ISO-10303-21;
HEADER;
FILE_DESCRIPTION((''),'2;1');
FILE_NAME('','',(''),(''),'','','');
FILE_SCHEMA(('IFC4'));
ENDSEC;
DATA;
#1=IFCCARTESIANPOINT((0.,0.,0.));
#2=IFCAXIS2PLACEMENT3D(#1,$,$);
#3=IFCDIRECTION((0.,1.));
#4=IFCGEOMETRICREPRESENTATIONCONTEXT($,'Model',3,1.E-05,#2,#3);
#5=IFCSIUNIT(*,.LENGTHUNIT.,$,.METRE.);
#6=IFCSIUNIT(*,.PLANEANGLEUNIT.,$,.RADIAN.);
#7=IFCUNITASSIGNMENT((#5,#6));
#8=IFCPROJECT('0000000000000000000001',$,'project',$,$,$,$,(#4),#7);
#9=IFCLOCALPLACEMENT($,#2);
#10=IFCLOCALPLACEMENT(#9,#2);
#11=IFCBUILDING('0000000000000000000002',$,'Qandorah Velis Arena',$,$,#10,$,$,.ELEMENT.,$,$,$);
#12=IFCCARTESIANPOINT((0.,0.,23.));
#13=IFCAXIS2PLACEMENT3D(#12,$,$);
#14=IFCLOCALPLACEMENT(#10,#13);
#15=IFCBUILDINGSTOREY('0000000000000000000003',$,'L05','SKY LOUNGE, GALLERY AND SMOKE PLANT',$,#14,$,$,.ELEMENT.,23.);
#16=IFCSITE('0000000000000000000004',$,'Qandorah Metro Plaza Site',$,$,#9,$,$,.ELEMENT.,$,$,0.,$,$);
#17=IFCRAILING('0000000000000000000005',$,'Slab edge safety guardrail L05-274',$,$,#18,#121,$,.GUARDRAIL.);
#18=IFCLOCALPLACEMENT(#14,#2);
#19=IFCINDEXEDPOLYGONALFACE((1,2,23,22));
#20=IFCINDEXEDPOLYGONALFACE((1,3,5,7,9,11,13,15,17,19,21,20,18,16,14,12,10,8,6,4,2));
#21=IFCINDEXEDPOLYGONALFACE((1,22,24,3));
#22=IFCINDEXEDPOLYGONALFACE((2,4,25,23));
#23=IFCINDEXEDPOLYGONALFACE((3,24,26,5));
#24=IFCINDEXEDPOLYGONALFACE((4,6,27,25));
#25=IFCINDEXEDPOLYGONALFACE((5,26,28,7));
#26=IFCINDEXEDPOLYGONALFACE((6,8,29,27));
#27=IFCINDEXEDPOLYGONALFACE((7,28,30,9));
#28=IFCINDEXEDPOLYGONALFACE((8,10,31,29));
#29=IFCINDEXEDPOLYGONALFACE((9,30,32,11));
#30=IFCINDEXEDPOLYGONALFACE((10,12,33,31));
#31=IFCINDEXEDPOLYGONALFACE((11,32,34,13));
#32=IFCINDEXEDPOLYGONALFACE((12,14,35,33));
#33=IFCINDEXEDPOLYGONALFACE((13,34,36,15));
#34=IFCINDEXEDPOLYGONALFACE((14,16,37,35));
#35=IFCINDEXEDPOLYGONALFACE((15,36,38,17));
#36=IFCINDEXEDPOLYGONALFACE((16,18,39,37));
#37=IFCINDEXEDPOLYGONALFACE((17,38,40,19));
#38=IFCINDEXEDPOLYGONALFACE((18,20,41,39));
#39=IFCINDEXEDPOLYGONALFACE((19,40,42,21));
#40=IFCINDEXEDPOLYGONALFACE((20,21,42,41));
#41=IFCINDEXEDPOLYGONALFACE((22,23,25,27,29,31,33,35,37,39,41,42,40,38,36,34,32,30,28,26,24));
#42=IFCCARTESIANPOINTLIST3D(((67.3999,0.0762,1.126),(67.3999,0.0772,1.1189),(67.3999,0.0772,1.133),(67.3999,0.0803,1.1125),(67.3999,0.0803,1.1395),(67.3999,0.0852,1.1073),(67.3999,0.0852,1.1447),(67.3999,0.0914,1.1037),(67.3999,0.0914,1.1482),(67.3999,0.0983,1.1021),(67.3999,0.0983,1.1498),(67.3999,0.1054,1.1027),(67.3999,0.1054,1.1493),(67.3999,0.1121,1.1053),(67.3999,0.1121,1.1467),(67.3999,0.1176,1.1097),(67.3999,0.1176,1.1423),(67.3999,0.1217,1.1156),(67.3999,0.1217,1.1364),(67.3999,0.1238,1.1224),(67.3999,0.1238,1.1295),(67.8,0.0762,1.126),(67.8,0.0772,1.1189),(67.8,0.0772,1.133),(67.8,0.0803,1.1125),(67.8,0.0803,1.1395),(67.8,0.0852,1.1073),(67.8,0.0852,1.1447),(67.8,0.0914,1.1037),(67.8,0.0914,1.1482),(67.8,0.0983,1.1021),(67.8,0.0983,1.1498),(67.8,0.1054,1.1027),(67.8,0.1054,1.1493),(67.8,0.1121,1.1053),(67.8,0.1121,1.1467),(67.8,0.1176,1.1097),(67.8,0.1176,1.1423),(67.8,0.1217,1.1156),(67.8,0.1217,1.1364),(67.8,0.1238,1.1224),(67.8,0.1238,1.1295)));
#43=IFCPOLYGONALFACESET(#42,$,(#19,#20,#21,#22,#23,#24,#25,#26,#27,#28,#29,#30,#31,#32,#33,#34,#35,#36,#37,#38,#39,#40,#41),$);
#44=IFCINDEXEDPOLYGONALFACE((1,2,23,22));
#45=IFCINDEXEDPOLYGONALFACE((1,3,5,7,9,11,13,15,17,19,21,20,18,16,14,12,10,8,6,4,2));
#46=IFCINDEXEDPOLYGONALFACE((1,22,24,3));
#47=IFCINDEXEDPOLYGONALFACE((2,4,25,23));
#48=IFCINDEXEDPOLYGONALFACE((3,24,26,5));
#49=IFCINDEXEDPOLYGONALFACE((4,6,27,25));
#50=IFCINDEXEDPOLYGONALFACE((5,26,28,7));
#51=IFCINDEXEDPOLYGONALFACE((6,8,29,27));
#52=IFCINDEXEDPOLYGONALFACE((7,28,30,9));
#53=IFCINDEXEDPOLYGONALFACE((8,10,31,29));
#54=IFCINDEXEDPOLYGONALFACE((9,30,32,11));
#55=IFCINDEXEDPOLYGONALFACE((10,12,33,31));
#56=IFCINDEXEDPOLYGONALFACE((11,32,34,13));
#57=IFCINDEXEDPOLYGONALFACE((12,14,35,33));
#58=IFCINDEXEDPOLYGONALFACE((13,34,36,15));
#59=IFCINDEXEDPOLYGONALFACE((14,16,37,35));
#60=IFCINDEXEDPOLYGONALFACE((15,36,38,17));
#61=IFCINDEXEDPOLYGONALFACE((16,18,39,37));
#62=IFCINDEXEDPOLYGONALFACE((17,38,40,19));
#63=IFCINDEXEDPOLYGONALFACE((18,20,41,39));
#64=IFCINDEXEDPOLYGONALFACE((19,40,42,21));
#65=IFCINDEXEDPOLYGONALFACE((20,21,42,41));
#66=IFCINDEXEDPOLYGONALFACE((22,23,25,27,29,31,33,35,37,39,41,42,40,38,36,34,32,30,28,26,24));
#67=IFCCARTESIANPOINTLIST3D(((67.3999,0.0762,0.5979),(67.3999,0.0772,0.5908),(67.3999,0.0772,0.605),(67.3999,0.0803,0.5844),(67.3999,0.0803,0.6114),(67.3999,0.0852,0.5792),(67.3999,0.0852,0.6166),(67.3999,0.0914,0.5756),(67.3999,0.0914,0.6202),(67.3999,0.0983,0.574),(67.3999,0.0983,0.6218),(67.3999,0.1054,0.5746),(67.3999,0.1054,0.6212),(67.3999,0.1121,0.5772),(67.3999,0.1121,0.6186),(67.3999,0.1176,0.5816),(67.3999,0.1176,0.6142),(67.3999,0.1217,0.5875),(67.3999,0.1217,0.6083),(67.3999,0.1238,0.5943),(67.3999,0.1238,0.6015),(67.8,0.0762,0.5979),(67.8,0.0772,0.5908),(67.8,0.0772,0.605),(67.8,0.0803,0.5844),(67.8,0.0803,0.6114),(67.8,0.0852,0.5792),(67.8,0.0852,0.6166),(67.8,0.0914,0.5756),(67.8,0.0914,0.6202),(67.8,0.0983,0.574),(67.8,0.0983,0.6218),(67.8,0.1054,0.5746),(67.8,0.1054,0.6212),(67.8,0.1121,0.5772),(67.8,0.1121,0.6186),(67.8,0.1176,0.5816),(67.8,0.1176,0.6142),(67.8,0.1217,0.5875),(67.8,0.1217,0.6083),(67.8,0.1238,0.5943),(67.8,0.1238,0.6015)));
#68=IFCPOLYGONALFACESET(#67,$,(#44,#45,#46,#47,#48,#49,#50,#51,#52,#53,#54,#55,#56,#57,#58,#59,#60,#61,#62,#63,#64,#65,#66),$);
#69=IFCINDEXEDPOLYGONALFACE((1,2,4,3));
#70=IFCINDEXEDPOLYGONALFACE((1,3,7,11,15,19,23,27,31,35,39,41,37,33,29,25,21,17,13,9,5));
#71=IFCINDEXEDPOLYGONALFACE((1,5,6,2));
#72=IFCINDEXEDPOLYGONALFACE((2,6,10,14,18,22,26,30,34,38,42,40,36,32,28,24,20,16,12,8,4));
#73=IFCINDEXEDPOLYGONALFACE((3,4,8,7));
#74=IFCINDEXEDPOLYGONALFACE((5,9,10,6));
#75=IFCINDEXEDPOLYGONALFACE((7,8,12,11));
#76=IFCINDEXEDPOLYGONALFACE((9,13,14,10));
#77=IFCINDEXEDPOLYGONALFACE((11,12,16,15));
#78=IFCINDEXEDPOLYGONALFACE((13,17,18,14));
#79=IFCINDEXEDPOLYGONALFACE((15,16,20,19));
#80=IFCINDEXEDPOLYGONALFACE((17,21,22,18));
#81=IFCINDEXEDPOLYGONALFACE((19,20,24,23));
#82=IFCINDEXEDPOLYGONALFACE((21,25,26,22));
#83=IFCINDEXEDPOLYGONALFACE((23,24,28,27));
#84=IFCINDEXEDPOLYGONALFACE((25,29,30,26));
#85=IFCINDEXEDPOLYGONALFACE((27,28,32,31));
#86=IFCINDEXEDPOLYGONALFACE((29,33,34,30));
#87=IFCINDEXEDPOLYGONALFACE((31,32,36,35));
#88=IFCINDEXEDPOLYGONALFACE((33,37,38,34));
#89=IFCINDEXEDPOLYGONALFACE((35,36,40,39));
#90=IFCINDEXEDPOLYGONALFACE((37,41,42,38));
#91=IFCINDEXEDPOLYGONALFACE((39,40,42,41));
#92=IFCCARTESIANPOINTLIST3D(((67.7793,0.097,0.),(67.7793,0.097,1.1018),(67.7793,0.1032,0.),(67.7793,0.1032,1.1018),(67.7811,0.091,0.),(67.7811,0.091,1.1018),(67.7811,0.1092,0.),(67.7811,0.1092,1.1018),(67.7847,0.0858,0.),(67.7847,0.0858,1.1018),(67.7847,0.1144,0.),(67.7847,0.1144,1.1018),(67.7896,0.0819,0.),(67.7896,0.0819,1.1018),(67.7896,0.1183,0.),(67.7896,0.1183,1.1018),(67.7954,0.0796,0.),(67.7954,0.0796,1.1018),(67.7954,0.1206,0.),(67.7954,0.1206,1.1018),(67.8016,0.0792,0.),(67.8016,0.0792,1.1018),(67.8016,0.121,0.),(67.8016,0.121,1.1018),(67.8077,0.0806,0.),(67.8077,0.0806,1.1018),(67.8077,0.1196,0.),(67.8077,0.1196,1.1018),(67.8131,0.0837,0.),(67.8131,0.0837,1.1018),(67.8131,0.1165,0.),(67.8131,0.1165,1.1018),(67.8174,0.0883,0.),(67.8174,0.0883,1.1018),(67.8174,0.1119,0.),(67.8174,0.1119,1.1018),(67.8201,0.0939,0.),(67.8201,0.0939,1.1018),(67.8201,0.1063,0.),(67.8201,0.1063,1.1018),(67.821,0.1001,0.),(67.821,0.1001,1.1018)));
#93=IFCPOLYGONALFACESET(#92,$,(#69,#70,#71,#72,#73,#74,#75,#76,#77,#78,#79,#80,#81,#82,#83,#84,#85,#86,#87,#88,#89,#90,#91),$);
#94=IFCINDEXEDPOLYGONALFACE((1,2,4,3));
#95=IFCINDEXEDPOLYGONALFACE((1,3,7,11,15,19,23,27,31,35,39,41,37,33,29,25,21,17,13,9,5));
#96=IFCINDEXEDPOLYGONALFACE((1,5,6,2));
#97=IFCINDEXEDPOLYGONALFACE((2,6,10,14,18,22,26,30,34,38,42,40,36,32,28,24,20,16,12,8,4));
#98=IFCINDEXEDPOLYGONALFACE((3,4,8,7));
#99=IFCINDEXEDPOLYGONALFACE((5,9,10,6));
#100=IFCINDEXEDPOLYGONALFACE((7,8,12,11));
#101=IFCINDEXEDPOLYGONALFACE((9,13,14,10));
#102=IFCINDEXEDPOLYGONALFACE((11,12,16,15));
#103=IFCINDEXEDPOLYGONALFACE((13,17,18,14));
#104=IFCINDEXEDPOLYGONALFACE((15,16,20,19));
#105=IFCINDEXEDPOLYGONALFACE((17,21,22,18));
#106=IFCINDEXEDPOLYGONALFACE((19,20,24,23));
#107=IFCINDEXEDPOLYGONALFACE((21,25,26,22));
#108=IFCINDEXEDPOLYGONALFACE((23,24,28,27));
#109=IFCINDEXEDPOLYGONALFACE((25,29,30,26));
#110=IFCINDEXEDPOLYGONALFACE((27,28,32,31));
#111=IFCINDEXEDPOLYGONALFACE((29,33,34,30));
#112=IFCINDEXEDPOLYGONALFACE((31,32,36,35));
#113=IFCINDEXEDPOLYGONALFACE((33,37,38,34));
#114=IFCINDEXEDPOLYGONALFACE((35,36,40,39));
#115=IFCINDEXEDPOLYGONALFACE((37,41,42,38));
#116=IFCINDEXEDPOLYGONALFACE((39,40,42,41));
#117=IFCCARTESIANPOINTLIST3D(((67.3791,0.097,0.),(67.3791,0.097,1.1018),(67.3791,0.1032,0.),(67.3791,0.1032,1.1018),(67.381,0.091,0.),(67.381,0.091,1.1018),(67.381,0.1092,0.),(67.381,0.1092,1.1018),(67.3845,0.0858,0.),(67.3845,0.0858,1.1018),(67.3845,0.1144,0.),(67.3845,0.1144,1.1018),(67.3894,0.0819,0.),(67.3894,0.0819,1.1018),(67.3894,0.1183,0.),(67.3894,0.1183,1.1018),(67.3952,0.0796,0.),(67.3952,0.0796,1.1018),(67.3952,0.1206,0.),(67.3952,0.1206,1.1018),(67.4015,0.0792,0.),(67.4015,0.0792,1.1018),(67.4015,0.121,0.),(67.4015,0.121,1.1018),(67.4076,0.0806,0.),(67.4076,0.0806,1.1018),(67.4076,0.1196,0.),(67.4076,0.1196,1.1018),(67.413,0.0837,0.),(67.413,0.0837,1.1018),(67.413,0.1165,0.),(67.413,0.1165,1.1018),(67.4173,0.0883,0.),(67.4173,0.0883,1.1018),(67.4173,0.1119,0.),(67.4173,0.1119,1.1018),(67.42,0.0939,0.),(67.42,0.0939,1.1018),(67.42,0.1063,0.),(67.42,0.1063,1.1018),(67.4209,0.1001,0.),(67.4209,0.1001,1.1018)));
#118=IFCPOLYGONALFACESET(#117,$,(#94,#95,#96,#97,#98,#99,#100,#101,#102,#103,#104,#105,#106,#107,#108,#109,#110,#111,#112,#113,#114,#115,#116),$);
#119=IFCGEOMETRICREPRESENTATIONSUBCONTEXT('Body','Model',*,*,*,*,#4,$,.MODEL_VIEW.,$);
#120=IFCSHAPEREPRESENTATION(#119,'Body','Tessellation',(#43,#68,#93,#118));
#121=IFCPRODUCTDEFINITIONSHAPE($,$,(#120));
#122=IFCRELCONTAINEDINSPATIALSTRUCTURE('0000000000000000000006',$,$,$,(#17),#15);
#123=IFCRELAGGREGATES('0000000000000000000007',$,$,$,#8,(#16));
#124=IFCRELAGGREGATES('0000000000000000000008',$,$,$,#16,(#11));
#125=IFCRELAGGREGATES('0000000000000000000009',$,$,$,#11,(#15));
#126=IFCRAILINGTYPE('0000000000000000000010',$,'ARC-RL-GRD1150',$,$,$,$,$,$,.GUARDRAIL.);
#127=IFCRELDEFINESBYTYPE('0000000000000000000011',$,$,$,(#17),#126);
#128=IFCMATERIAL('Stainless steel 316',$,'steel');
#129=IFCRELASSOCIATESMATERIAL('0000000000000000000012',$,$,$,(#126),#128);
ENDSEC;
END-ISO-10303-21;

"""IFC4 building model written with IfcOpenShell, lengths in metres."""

from ifc_helpers import new_model, si_unit, direction, frame, origin, origin_2d, place, context, subcontext, project, spatial, circle, extrude, material, type_object, element, save


model = new_model("IFC4")

# Units and contexts
model_context = context("Model", 3, precision=1e-05, world=origin(), true_north=direction((0.0, 1.0)))
body_context = subcontext(model_context, "Body", "Model", "MODEL_VIEW")
ifc_project = project(units=[si_unit("LENGTHUNIT", "METRE"), si_unit("PLANEANGLEUNIT", "RADIAN")], contexts=[model_context])

# Site, building, storey
site_placement = place(None, origin())
site = spatial("IfcSite", under=ifc_project, at=site_placement, Name="Qandorah Metro Plaza Site", CompositionType="ELEMENT", RefElevation=0.0)
building_placement = place(site_placement, origin())
building = spatial("IfcBuilding", under=site, at=building_placement, Name="Qandorah Velis Arena", CompositionType="ELEMENT")
storey_placement = place(building_placement, frame((0.0, 0.0, 23.0)))
storey = spatial("IfcBuildingStorey", under=building, at=storey_placement, Name="L05", Description="SKY LOUNGE, GALLERY AND SMOKE PLANT", CompositionType="ELEMENT", Elevation=23.0)

# Railing
ifc_material_1 = material(Name="Stainless steel 316", Category="steel")
railing_type = type_object("IfcRailingType", Name="ARC-RL-GRD1150", PredefinedType="GUARDRAIL", material=ifc_material_1)
railing_1_placement = place(storey_placement, frame((67.8, 0.1001, 0.0)))
element("IfcRailing", 1, at=railing_1_placement, inside=storey, type_object=railing_type, Name="Slab edge safety guardrail L05-274", PredefinedType="GUARDRAIL", context=body_context, shape_type="SweptSolid", body=[
    extrude(circle(Radius=0.0239, at=origin_2d()), frame((0.0, 0.0, 1.126), z_axis=(-1.0, 0.0, 0.0), x_axis=(0.0, -1.0, 0.0)), (0.0, 0.0, 1.0), 0.4001),
    extrude(circle(Radius=0.0239, at=origin_2d()), frame((0.0, 0.0, 0.5979), z_axis=(-1.0, 0.0, 0.0), x_axis=(0.0, -1.0, 0.0)), (0.0, 0.0, 1.0), 0.4001),
    extrude(circle(Radius=0.021, at=origin_2d()), origin(), (0.0, 0.0, 1.0), 1.1018),
    extrude(circle(Radius=0.021, at=origin_2d()), frame((-0.4001, 0.0, 0.0)), (0.0, 0.0, 1.0), 1.1018),
])

save(model, "model.ifc")
